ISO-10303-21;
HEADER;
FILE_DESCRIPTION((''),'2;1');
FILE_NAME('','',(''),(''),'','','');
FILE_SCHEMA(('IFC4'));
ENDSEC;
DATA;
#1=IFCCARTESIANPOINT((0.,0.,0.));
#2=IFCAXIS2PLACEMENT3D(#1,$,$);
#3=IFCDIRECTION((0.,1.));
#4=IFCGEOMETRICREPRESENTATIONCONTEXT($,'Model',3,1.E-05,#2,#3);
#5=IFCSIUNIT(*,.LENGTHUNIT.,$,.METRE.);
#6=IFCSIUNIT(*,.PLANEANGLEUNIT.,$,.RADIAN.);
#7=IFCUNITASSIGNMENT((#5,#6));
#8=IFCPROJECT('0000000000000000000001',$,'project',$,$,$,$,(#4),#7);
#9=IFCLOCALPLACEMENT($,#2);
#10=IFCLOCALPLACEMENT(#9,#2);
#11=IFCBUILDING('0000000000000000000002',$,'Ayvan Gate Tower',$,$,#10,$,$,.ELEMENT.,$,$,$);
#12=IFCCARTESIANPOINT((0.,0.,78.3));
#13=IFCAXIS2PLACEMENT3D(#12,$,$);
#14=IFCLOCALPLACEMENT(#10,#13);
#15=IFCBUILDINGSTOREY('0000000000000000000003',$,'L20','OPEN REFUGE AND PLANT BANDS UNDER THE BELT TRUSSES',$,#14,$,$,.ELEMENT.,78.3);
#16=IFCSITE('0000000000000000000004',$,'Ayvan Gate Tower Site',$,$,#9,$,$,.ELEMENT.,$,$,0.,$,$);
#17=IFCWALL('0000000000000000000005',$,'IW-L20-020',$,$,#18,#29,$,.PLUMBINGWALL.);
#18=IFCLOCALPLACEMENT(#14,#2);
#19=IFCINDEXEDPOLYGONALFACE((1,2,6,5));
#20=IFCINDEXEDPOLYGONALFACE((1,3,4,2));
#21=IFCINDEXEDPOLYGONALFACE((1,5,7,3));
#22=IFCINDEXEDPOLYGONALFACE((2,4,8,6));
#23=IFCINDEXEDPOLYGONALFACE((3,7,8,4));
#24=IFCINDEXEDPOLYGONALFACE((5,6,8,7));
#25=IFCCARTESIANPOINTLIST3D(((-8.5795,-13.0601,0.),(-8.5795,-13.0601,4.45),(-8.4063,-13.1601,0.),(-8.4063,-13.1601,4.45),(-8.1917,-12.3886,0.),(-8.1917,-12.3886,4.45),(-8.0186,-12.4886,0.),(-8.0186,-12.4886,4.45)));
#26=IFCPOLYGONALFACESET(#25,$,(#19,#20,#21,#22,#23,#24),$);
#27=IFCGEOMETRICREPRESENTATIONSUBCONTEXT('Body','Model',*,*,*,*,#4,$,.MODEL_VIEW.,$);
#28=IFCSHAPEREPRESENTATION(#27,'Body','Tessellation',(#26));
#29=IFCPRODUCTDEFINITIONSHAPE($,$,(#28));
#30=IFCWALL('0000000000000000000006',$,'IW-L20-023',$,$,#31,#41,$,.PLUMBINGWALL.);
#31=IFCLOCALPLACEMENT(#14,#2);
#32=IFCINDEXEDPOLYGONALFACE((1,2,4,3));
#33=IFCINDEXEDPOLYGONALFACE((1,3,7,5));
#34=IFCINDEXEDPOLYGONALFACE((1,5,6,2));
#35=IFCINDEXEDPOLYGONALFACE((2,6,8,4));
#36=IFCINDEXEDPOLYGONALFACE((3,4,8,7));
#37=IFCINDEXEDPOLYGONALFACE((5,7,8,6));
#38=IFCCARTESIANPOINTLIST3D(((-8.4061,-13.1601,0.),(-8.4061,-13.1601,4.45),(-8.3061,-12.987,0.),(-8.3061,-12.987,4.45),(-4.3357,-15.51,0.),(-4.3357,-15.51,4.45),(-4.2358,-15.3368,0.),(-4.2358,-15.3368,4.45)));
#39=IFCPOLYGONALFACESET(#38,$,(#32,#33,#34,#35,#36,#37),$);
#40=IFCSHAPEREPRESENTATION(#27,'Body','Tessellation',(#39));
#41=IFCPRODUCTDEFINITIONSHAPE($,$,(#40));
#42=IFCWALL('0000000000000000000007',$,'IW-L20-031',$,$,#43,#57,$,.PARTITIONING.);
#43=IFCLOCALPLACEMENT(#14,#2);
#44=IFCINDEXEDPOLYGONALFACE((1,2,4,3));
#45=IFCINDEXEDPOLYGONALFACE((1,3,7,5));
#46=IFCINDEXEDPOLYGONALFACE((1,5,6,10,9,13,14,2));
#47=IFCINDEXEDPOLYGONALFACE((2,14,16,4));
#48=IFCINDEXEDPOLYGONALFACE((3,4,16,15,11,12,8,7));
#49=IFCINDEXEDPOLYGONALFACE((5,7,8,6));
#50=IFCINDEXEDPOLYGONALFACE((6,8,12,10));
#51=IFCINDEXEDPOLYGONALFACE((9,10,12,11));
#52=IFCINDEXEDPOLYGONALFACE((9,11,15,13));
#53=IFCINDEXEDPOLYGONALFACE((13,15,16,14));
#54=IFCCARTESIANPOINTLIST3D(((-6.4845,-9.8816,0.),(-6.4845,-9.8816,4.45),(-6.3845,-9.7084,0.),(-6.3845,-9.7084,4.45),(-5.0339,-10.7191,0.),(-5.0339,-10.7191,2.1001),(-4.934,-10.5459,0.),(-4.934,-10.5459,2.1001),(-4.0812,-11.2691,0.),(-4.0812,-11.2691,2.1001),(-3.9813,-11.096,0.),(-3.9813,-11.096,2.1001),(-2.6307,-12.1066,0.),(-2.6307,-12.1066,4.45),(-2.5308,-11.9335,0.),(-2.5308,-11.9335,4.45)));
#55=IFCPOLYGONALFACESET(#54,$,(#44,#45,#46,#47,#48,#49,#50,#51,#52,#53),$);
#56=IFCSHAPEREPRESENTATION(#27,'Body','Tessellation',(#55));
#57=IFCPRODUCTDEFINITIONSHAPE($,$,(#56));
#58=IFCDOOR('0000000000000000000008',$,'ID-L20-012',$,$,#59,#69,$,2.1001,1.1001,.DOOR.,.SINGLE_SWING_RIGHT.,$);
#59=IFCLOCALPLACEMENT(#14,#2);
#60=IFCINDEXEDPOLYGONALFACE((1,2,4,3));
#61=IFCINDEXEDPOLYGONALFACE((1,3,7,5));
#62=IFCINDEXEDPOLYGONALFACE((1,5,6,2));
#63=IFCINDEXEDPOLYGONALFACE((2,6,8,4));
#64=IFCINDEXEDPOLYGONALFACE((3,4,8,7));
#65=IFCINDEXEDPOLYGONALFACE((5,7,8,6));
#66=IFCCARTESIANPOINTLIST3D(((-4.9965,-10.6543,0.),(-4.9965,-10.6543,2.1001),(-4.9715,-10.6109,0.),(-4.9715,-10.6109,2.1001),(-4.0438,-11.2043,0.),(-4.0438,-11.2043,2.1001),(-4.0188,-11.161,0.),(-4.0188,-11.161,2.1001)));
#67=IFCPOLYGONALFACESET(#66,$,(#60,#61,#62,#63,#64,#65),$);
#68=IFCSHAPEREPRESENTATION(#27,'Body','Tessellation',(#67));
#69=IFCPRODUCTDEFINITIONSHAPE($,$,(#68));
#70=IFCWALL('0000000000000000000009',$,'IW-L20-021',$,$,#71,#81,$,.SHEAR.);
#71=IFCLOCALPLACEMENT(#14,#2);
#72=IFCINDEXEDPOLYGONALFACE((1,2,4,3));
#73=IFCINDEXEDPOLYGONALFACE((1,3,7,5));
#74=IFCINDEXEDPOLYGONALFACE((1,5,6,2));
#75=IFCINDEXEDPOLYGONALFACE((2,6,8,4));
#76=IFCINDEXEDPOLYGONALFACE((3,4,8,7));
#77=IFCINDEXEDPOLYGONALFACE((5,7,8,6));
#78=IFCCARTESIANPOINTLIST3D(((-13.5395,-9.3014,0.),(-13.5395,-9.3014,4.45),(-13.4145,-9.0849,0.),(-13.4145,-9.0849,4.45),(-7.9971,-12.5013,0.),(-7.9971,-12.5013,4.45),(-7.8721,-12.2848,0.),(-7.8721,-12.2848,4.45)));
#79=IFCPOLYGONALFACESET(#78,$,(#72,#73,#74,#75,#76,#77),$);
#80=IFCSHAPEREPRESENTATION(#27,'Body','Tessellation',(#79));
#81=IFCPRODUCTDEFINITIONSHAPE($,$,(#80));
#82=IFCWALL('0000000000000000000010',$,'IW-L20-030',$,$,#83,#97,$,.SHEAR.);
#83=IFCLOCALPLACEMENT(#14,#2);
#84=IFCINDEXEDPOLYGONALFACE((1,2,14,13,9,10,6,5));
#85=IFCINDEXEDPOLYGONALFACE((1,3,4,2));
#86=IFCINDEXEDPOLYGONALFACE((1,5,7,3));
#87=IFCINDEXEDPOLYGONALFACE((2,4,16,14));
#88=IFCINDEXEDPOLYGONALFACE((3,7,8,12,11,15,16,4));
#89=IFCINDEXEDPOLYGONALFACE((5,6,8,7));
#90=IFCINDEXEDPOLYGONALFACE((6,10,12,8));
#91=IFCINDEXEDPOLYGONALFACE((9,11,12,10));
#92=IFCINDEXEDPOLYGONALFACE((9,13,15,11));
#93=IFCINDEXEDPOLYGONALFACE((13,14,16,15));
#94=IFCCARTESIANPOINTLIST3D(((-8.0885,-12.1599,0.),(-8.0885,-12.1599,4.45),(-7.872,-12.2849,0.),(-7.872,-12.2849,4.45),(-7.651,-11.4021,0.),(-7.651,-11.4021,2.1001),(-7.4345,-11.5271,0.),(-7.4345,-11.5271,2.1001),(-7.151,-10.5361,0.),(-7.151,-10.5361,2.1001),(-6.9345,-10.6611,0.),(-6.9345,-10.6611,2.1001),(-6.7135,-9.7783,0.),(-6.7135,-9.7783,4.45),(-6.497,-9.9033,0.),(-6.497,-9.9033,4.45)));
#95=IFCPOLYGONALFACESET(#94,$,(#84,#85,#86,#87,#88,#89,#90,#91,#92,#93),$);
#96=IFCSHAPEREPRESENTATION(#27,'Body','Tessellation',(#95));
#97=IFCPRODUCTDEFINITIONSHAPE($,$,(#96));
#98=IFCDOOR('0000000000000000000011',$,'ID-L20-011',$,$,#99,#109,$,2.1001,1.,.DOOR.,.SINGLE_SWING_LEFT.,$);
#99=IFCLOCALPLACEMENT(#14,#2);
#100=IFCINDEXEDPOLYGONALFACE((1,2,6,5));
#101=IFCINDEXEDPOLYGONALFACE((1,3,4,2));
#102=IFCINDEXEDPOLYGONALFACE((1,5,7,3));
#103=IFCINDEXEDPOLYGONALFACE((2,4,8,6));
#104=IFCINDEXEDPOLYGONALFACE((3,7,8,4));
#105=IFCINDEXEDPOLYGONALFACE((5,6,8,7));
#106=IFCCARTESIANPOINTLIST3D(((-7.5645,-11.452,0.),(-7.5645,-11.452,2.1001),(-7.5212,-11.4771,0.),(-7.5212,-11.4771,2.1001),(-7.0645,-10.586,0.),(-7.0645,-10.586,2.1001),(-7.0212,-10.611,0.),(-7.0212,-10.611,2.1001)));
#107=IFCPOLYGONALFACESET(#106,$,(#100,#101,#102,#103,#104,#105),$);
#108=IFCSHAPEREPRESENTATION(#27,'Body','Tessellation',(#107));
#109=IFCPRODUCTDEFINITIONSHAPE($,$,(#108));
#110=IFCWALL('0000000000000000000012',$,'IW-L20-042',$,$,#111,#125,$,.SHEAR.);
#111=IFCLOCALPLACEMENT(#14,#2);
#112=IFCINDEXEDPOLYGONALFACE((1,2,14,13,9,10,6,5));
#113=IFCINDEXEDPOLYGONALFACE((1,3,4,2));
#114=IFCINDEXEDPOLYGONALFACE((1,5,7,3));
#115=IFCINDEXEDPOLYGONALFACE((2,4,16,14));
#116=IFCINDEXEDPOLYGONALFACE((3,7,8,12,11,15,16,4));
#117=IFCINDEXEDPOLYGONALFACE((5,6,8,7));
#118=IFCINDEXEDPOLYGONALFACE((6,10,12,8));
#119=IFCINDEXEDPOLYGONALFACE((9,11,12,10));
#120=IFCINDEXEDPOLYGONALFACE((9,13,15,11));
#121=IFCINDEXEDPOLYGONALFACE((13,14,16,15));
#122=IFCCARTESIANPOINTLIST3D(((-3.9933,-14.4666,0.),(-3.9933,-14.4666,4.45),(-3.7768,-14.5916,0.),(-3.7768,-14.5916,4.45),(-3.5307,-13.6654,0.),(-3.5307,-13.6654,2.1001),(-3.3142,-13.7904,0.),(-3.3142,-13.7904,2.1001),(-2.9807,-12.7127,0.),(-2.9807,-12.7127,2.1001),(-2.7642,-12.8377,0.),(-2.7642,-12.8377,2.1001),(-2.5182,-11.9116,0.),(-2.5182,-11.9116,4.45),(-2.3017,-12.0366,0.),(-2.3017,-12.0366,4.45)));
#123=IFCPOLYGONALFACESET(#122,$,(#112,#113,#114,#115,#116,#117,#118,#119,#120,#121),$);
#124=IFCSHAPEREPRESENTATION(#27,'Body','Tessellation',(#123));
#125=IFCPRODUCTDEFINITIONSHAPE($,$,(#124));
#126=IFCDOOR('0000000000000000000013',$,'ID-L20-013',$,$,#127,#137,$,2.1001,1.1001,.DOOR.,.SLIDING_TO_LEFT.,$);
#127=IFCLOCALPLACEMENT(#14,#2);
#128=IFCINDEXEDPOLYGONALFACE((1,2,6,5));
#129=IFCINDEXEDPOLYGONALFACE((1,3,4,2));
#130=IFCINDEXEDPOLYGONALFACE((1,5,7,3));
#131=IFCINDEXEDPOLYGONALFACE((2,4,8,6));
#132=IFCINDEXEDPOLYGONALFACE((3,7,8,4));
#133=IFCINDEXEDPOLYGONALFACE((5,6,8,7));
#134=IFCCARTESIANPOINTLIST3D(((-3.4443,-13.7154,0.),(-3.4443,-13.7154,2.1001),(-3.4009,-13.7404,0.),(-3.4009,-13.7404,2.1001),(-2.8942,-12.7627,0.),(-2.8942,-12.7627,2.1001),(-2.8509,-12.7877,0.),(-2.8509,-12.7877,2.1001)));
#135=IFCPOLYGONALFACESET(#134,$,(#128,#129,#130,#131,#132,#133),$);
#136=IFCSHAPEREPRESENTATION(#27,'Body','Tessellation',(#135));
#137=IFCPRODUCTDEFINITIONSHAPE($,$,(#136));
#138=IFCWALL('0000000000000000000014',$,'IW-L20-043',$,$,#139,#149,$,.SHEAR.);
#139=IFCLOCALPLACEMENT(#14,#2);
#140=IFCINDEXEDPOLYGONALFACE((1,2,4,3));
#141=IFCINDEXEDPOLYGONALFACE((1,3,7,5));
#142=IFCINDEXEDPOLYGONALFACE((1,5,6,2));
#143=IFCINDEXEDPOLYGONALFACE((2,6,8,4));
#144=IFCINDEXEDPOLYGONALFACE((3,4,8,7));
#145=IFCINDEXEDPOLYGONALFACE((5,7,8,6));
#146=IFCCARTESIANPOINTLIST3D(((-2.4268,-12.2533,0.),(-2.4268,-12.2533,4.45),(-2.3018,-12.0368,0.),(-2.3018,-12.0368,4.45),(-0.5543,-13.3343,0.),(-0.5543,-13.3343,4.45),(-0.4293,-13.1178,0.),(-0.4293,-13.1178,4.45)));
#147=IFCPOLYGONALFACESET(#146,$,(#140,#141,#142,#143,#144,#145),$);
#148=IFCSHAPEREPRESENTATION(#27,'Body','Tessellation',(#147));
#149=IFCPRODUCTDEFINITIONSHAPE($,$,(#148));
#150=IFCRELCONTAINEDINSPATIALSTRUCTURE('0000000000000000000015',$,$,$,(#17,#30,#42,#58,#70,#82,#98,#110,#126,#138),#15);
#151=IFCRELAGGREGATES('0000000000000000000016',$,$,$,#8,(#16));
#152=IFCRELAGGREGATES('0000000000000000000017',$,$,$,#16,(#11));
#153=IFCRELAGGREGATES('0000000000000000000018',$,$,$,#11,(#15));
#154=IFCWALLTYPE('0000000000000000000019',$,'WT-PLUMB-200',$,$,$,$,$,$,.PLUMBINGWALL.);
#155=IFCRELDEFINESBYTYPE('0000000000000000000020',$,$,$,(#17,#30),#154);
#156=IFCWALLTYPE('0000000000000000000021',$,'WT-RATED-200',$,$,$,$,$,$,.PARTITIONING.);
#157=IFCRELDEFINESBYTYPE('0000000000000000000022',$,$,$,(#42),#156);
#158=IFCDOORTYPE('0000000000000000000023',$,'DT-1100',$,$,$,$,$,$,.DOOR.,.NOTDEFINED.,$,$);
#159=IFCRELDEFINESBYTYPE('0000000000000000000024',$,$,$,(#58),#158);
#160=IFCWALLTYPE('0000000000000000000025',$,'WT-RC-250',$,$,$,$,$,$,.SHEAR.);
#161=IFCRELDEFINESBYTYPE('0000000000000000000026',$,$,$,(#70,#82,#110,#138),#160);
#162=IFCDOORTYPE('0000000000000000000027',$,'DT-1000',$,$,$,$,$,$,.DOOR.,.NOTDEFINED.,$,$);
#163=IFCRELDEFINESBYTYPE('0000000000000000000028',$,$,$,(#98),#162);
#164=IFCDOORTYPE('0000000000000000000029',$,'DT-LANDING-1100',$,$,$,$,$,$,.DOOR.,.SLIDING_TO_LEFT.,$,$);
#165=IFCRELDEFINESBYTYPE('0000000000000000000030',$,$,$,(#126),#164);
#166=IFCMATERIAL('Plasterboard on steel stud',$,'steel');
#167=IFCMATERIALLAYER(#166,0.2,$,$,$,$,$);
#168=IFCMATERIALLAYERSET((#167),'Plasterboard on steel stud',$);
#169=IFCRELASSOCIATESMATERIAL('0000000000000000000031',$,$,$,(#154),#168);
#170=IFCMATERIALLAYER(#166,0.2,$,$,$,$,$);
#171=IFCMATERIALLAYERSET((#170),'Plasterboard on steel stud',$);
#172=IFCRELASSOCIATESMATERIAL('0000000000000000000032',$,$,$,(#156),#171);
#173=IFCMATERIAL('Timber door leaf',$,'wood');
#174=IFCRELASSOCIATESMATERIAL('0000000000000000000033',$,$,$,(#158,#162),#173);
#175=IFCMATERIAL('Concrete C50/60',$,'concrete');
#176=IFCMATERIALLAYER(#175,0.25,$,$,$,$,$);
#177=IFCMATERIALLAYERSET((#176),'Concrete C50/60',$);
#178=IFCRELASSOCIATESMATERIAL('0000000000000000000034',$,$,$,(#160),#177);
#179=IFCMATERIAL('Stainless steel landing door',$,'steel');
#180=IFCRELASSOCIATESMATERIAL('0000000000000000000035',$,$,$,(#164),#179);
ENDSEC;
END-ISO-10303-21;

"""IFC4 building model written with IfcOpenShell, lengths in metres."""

from ifc_helpers import new_model, si_unit, direction, frame, frame_2d, origin, place, context, subcontext, project, spatial, rectangle, extrude, material, layer, layer_set, type_object, element, fill, save


model = new_model("IFC4")

# Units and contexts
model_context = context("Model", 3, precision=1e-05, world=origin(), true_north=direction((0.0, 1.0)))
body_context = subcontext(model_context, "Body", "Model", "MODEL_VIEW")
ifc_project = project(units=[si_unit("LENGTHUNIT", "METRE"), si_unit("PLANEANGLEUNIT", "RADIAN")], contexts=[model_context])

# Site, building, storey
site_placement = place(None, origin())
site = spatial("IfcSite", under=ifc_project, at=site_placement, Name="Ayvan Gate Tower Site", CompositionType="ELEMENT", RefElevation=0.0)
building_placement = place(site_placement, origin())
building = spatial("IfcBuilding", under=site, at=building_placement, Name="Ayvan Gate Tower", CompositionType="ELEMENT")
storey_placement = place(building_placement, frame((0.0, 0.0, 78.3)))
storey = spatial("IfcBuildingStorey", under=building, at=storey_placement, Name="L20", Description="OPEN REFUGE AND PLANT BANDS UNDER THE BELT TRUSSES", CompositionType="ELEMENT", Elevation=78.3)

# Walls
ifc_material_1 = material(Name="Plasterboard on steel stud", Category="steel")
ifc_layer_1 = layer(ifc_material_1, 0.2)
ifc_layer_set_1 = layer_set([ifc_layer_1], Name="Plasterboard on steel stud")
wall_type_1 = type_object("IfcWallType", Name="WT-PLUMB-200", PredefinedType="PLUMBINGWALL", material=ifc_layer_set_1)
wall_1_placement = place(storey_placement, frame((-8.4929, -13.1101, 0.0), z_axis=(0.0, 0.0, 1.0), x_axis=(0.500068, 0.865986, 0.0)))
element("IfcWall", 1, at=wall_1_placement, inside=storey, type_object=wall_type_1, Name="IW-L20-020", PredefinedType="PLUMBINGWALL", context=body_context, shape_type="SweptSolid", body=[
    extrude(rectangle(XDim=0.7754, YDim=0.2, at=frame_2d((0.3877, 0.0))), origin(), (0.0, 0.0, 1.0), 4.45),
])
wall_2_placement = place(storey_placement, frame((-8.3562, -13.0735, 0.0), z_axis=(0.0, 0.0, 1.0), x_axis=(0.866039, -0.499977, 0.0)))
element("IfcWall", 2, at=wall_2_placement, inside=storey, type_object=wall_type_1, Name="IW-L20-023", PredefinedType="PLUMBINGWALL", context=body_context, shape_type="SweptSolid", body=[
    extrude(rectangle(XDim=4.7, YDim=0.2, at=frame_2d((2.3501, 0.0))), origin(), (0.0, 0.0, 1.0), 4.45),
])

# Wall, opening, door
ifc_layer_2 = layer(ifc_material_1, 0.2)
ifc_layer_set_2 = layer_set([ifc_layer_2], Name="Plasterboard on steel stud")
wall_type_2 = type_object("IfcWallType", Name="WT-RATED-200", PredefinedType="PARTITIONING", material=ifc_layer_set_2)
wall_3_placement = place(storey_placement, frame((-6.4346, -9.7949, 0.0), z_axis=(0.0, 0.0, 1.0), x_axis=(0.866013, -0.500022, 0.0)))
wall_3 = element("IfcWall", 3, at=wall_3_placement, inside=storey, type_object=wall_type_2, Name="IW-L20-031", PredefinedType="PARTITIONING", context=body_context, shape_type="SweptSolid", body=[
    extrude(rectangle(XDim=4.45, YDim=0.2, at=frame_2d((2.2251, 0.0))), origin(), (0.0, 0.0, 1.0), 4.45),
])
opening_1_placement = place(wall_3_placement, frame((1.675, 0.0, 0.0)))
opening_1 = element("IfcOpeningElement", 4, at=opening_1_placement, cuts=wall_3, PredefinedType="OPENING", context=body_context, shape_type="SweptSolid", body=[
    extrude(rectangle(XDim=1.1001, YDim=2.1001, at=frame_2d((0.55, 1.05))), frame((0.0, 0.1099, 0.0), z_axis=(0.0, -1.0, 0.0), x_axis=(1.0, 0.0, 0.0)), (0.0, 0.0, 1.0), 0.22),
])
ifc_material_2 = material(Name="Timber door leaf", Category="wood")
door_type_1 = type_object("IfcDoorType", Name="DT-1100", OperationType="NOTDEFINED", PredefinedType="DOOR", material=ifc_material_2)
door_1_placement = place(opening_1_placement, origin())
door_1 = element("IfcDoor", 5, at=door_1_placement, inside=storey, type_object=door_type_1, Name="ID-L20-012", OperationType="SINGLE_SWING_RIGHT", OverallHeight=2.1001, OverallWidth=1.1001, PredefinedType="DOOR", context=body_context, shape_type="SweptSolid", body=[
    extrude(rectangle(XDim=1.1001, YDim=2.1001, at=frame_2d((0.55, 1.05))), frame((0.0, 0.0249, 0.0), z_axis=(0.0, -1.0, 0.0), x_axis=(1.0, 0.0, 0.0)), (0.0, 0.0, 1.0), 0.05),
])
fill(opening_1, door_1)

# Wall
ifc_material_3 = material(Name="Concrete C50/60", Category="concrete")
ifc_layer_3 = layer(ifc_material_3, 0.25)
ifc_layer_set_3 = layer_set([ifc_layer_3], Name="Concrete C50/60")
wall_type_3 = type_object("IfcWallType", Name="WT-RC-250", PredefinedType="SHEAR", material=ifc_layer_set_3)
wall_4_placement = place(storey_placement, frame((-7.9346, -12.3931, 0.0), z_axis=(0.0, 0.0, 1.0), x_axis=(-0.866025, 0.5, 0.0)))
element("IfcWall", 6, at=wall_4_placement, inside=storey, type_object=wall_type_3, Name="IW-L20-021", PredefinedType="SHEAR", context=body_context, shape_type="SweptSolid", body=[
    extrude(rectangle(XDim=6.3999, YDim=0.25, at=frame_2d((3.2, 0.0))), origin(), (0.0, 0.0, 1.0), 4.45),
])

# Walls, openings, doors
wall_5_placement = place(storey_placement, frame((-6.6052, -9.8408, 0.0), z_axis=(0.0, 0.0, 1.0), x_axis=(-0.499997, -0.866027, 0.0)))
wall_5 = element("IfcWall", 7, at=wall_5_placement, inside=storey, type_object=wall_type_3, Name="IW-L20-030", PredefinedType="SHEAR", context=body_context, shape_type="SweptSolid", body=[
    extrude(rectangle(XDim=2.75, YDim=0.25, at=frame_2d((1.375, 0.0))), origin(), (0.0, 0.0, 1.0), 4.45),
])
opening_2_placement = place(wall_5_placement, frame((0.875, 0.0, 0.0)))
opening_2 = element("IfcOpeningElement", 8, at=opening_2_placement, cuts=wall_5, PredefinedType="OPENING", context=body_context, shape_type="SweptSolid", body=[
    extrude(rectangle(XDim=1.0, YDim=2.1001, at=frame_2d((0.5, 1.05))), frame((0.0, 0.135, 0.0), z_axis=(0.0, -1.0, 0.0), x_axis=(1.0, 0.0, 0.0)), (0.0, 0.0, 1.0), 0.27),
])
door_type_2 = type_object("IfcDoorType", Name="DT-1000", OperationType="NOTDEFINED", PredefinedType="DOOR", material=ifc_material_2)
door_2_placement = place(opening_2_placement, origin())
door_2 = element("IfcDoor", 9, at=door_2_placement, inside=storey, type_object=door_type_2, Name="ID-L20-011", OperationType="SINGLE_SWING_LEFT", OverallHeight=2.1001, OverallWidth=1.0, PredefinedType="DOOR", context=body_context, shape_type="SweptSolid", body=[
    extrude(rectangle(XDim=1.0, YDim=2.1001, at=frame_2d((0.5, 1.05))), frame((0.0, 0.0249, 0.0), z_axis=(0.0, -1.0, 0.0), x_axis=(1.0, 0.0, 0.0)), (0.0, 0.0, 1.0), 0.05),
])
fill(opening_2, door_2)
wall_6_placement = place(storey_placement, frame((-2.4099, -11.9741, 0.0), z_axis=(0.0, 0.0, 1.0), x_axis=(-0.500002, -0.866024, 0.0)))
wall_6 = element("IfcWall", 10, at=wall_6_placement, inside=storey, type_object=wall_type_3, Name="IW-L20-042", PredefinedType="SHEAR", context=body_context, shape_type="SweptSolid", body=[
    extrude(rectangle(XDim=2.9502, YDim=0.25, at=frame_2d((1.4751, 0.0))), origin(), (0.0, 0.0, 1.0), 4.45),
])
opening_3_placement = place(wall_6_placement, frame((0.925, 0.0, 0.0)))
opening_3 = element("IfcOpeningElement", 11, at=opening_3_placement, cuts=wall_6, PredefinedType="OPENING", context=body_context, shape_type="SweptSolid", body=[
    extrude(rectangle(XDim=1.1001, YDim=2.1001, at=frame_2d((0.55, 1.05))), frame((0.0, 0.135, 0.0), z_axis=(0.0, -1.0, 0.0), x_axis=(1.0, 0.0, 0.0)), (0.0, 0.0, 1.0), 0.27),
])
ifc_material_4 = material(Name="Stainless steel landing door", Category="steel")
door_type_3 = type_object("IfcDoorType", Name="DT-LANDING-1100", OperationType="SLIDING_TO_LEFT", PredefinedType="DOOR", material=ifc_material_4)
door_3_placement = place(opening_3_placement, origin())
door_3 = element("IfcDoor", 12, at=door_3_placement, inside=storey, type_object=door_type_3, Name="ID-L20-013", OperationType="SLIDING_TO_LEFT", OverallHeight=2.1001, OverallWidth=1.1001, PredefinedType="DOOR", context=body_context, shape_type="SweptSolid", body=[
    extrude(rectangle(XDim=1.1001, YDim=2.1001, at=frame_2d((0.55, 1.05))), frame((0.0, 0.0249, 0.0), z_axis=(0.0, -1.0, 0.0), x_axis=(1.0, 0.0, 0.0)), (0.0, 0.0, 1.0), 0.05),
])
fill(opening_3, door_3)

# Wall
wall_7_placement = place(storey_placement, frame((-2.3643, -12.145, 0.0), z_axis=(0.0, 0.0, 1.0), x_axis=(0.866039, -0.499977, 0.0)))
element("IfcWall", 13, at=wall_7_placement, inside=storey, type_object=wall_type_3, Name="IW-L20-043", PredefinedType="SHEAR", context=body_context, shape_type="SweptSolid", body=[
    extrude(rectangle(XDim=2.1621, YDim=0.25, at=frame_2d((1.0811, 0.0))), origin(), (0.0, 0.0, 1.0), 4.45),
])

save(model, "model.ifc")
